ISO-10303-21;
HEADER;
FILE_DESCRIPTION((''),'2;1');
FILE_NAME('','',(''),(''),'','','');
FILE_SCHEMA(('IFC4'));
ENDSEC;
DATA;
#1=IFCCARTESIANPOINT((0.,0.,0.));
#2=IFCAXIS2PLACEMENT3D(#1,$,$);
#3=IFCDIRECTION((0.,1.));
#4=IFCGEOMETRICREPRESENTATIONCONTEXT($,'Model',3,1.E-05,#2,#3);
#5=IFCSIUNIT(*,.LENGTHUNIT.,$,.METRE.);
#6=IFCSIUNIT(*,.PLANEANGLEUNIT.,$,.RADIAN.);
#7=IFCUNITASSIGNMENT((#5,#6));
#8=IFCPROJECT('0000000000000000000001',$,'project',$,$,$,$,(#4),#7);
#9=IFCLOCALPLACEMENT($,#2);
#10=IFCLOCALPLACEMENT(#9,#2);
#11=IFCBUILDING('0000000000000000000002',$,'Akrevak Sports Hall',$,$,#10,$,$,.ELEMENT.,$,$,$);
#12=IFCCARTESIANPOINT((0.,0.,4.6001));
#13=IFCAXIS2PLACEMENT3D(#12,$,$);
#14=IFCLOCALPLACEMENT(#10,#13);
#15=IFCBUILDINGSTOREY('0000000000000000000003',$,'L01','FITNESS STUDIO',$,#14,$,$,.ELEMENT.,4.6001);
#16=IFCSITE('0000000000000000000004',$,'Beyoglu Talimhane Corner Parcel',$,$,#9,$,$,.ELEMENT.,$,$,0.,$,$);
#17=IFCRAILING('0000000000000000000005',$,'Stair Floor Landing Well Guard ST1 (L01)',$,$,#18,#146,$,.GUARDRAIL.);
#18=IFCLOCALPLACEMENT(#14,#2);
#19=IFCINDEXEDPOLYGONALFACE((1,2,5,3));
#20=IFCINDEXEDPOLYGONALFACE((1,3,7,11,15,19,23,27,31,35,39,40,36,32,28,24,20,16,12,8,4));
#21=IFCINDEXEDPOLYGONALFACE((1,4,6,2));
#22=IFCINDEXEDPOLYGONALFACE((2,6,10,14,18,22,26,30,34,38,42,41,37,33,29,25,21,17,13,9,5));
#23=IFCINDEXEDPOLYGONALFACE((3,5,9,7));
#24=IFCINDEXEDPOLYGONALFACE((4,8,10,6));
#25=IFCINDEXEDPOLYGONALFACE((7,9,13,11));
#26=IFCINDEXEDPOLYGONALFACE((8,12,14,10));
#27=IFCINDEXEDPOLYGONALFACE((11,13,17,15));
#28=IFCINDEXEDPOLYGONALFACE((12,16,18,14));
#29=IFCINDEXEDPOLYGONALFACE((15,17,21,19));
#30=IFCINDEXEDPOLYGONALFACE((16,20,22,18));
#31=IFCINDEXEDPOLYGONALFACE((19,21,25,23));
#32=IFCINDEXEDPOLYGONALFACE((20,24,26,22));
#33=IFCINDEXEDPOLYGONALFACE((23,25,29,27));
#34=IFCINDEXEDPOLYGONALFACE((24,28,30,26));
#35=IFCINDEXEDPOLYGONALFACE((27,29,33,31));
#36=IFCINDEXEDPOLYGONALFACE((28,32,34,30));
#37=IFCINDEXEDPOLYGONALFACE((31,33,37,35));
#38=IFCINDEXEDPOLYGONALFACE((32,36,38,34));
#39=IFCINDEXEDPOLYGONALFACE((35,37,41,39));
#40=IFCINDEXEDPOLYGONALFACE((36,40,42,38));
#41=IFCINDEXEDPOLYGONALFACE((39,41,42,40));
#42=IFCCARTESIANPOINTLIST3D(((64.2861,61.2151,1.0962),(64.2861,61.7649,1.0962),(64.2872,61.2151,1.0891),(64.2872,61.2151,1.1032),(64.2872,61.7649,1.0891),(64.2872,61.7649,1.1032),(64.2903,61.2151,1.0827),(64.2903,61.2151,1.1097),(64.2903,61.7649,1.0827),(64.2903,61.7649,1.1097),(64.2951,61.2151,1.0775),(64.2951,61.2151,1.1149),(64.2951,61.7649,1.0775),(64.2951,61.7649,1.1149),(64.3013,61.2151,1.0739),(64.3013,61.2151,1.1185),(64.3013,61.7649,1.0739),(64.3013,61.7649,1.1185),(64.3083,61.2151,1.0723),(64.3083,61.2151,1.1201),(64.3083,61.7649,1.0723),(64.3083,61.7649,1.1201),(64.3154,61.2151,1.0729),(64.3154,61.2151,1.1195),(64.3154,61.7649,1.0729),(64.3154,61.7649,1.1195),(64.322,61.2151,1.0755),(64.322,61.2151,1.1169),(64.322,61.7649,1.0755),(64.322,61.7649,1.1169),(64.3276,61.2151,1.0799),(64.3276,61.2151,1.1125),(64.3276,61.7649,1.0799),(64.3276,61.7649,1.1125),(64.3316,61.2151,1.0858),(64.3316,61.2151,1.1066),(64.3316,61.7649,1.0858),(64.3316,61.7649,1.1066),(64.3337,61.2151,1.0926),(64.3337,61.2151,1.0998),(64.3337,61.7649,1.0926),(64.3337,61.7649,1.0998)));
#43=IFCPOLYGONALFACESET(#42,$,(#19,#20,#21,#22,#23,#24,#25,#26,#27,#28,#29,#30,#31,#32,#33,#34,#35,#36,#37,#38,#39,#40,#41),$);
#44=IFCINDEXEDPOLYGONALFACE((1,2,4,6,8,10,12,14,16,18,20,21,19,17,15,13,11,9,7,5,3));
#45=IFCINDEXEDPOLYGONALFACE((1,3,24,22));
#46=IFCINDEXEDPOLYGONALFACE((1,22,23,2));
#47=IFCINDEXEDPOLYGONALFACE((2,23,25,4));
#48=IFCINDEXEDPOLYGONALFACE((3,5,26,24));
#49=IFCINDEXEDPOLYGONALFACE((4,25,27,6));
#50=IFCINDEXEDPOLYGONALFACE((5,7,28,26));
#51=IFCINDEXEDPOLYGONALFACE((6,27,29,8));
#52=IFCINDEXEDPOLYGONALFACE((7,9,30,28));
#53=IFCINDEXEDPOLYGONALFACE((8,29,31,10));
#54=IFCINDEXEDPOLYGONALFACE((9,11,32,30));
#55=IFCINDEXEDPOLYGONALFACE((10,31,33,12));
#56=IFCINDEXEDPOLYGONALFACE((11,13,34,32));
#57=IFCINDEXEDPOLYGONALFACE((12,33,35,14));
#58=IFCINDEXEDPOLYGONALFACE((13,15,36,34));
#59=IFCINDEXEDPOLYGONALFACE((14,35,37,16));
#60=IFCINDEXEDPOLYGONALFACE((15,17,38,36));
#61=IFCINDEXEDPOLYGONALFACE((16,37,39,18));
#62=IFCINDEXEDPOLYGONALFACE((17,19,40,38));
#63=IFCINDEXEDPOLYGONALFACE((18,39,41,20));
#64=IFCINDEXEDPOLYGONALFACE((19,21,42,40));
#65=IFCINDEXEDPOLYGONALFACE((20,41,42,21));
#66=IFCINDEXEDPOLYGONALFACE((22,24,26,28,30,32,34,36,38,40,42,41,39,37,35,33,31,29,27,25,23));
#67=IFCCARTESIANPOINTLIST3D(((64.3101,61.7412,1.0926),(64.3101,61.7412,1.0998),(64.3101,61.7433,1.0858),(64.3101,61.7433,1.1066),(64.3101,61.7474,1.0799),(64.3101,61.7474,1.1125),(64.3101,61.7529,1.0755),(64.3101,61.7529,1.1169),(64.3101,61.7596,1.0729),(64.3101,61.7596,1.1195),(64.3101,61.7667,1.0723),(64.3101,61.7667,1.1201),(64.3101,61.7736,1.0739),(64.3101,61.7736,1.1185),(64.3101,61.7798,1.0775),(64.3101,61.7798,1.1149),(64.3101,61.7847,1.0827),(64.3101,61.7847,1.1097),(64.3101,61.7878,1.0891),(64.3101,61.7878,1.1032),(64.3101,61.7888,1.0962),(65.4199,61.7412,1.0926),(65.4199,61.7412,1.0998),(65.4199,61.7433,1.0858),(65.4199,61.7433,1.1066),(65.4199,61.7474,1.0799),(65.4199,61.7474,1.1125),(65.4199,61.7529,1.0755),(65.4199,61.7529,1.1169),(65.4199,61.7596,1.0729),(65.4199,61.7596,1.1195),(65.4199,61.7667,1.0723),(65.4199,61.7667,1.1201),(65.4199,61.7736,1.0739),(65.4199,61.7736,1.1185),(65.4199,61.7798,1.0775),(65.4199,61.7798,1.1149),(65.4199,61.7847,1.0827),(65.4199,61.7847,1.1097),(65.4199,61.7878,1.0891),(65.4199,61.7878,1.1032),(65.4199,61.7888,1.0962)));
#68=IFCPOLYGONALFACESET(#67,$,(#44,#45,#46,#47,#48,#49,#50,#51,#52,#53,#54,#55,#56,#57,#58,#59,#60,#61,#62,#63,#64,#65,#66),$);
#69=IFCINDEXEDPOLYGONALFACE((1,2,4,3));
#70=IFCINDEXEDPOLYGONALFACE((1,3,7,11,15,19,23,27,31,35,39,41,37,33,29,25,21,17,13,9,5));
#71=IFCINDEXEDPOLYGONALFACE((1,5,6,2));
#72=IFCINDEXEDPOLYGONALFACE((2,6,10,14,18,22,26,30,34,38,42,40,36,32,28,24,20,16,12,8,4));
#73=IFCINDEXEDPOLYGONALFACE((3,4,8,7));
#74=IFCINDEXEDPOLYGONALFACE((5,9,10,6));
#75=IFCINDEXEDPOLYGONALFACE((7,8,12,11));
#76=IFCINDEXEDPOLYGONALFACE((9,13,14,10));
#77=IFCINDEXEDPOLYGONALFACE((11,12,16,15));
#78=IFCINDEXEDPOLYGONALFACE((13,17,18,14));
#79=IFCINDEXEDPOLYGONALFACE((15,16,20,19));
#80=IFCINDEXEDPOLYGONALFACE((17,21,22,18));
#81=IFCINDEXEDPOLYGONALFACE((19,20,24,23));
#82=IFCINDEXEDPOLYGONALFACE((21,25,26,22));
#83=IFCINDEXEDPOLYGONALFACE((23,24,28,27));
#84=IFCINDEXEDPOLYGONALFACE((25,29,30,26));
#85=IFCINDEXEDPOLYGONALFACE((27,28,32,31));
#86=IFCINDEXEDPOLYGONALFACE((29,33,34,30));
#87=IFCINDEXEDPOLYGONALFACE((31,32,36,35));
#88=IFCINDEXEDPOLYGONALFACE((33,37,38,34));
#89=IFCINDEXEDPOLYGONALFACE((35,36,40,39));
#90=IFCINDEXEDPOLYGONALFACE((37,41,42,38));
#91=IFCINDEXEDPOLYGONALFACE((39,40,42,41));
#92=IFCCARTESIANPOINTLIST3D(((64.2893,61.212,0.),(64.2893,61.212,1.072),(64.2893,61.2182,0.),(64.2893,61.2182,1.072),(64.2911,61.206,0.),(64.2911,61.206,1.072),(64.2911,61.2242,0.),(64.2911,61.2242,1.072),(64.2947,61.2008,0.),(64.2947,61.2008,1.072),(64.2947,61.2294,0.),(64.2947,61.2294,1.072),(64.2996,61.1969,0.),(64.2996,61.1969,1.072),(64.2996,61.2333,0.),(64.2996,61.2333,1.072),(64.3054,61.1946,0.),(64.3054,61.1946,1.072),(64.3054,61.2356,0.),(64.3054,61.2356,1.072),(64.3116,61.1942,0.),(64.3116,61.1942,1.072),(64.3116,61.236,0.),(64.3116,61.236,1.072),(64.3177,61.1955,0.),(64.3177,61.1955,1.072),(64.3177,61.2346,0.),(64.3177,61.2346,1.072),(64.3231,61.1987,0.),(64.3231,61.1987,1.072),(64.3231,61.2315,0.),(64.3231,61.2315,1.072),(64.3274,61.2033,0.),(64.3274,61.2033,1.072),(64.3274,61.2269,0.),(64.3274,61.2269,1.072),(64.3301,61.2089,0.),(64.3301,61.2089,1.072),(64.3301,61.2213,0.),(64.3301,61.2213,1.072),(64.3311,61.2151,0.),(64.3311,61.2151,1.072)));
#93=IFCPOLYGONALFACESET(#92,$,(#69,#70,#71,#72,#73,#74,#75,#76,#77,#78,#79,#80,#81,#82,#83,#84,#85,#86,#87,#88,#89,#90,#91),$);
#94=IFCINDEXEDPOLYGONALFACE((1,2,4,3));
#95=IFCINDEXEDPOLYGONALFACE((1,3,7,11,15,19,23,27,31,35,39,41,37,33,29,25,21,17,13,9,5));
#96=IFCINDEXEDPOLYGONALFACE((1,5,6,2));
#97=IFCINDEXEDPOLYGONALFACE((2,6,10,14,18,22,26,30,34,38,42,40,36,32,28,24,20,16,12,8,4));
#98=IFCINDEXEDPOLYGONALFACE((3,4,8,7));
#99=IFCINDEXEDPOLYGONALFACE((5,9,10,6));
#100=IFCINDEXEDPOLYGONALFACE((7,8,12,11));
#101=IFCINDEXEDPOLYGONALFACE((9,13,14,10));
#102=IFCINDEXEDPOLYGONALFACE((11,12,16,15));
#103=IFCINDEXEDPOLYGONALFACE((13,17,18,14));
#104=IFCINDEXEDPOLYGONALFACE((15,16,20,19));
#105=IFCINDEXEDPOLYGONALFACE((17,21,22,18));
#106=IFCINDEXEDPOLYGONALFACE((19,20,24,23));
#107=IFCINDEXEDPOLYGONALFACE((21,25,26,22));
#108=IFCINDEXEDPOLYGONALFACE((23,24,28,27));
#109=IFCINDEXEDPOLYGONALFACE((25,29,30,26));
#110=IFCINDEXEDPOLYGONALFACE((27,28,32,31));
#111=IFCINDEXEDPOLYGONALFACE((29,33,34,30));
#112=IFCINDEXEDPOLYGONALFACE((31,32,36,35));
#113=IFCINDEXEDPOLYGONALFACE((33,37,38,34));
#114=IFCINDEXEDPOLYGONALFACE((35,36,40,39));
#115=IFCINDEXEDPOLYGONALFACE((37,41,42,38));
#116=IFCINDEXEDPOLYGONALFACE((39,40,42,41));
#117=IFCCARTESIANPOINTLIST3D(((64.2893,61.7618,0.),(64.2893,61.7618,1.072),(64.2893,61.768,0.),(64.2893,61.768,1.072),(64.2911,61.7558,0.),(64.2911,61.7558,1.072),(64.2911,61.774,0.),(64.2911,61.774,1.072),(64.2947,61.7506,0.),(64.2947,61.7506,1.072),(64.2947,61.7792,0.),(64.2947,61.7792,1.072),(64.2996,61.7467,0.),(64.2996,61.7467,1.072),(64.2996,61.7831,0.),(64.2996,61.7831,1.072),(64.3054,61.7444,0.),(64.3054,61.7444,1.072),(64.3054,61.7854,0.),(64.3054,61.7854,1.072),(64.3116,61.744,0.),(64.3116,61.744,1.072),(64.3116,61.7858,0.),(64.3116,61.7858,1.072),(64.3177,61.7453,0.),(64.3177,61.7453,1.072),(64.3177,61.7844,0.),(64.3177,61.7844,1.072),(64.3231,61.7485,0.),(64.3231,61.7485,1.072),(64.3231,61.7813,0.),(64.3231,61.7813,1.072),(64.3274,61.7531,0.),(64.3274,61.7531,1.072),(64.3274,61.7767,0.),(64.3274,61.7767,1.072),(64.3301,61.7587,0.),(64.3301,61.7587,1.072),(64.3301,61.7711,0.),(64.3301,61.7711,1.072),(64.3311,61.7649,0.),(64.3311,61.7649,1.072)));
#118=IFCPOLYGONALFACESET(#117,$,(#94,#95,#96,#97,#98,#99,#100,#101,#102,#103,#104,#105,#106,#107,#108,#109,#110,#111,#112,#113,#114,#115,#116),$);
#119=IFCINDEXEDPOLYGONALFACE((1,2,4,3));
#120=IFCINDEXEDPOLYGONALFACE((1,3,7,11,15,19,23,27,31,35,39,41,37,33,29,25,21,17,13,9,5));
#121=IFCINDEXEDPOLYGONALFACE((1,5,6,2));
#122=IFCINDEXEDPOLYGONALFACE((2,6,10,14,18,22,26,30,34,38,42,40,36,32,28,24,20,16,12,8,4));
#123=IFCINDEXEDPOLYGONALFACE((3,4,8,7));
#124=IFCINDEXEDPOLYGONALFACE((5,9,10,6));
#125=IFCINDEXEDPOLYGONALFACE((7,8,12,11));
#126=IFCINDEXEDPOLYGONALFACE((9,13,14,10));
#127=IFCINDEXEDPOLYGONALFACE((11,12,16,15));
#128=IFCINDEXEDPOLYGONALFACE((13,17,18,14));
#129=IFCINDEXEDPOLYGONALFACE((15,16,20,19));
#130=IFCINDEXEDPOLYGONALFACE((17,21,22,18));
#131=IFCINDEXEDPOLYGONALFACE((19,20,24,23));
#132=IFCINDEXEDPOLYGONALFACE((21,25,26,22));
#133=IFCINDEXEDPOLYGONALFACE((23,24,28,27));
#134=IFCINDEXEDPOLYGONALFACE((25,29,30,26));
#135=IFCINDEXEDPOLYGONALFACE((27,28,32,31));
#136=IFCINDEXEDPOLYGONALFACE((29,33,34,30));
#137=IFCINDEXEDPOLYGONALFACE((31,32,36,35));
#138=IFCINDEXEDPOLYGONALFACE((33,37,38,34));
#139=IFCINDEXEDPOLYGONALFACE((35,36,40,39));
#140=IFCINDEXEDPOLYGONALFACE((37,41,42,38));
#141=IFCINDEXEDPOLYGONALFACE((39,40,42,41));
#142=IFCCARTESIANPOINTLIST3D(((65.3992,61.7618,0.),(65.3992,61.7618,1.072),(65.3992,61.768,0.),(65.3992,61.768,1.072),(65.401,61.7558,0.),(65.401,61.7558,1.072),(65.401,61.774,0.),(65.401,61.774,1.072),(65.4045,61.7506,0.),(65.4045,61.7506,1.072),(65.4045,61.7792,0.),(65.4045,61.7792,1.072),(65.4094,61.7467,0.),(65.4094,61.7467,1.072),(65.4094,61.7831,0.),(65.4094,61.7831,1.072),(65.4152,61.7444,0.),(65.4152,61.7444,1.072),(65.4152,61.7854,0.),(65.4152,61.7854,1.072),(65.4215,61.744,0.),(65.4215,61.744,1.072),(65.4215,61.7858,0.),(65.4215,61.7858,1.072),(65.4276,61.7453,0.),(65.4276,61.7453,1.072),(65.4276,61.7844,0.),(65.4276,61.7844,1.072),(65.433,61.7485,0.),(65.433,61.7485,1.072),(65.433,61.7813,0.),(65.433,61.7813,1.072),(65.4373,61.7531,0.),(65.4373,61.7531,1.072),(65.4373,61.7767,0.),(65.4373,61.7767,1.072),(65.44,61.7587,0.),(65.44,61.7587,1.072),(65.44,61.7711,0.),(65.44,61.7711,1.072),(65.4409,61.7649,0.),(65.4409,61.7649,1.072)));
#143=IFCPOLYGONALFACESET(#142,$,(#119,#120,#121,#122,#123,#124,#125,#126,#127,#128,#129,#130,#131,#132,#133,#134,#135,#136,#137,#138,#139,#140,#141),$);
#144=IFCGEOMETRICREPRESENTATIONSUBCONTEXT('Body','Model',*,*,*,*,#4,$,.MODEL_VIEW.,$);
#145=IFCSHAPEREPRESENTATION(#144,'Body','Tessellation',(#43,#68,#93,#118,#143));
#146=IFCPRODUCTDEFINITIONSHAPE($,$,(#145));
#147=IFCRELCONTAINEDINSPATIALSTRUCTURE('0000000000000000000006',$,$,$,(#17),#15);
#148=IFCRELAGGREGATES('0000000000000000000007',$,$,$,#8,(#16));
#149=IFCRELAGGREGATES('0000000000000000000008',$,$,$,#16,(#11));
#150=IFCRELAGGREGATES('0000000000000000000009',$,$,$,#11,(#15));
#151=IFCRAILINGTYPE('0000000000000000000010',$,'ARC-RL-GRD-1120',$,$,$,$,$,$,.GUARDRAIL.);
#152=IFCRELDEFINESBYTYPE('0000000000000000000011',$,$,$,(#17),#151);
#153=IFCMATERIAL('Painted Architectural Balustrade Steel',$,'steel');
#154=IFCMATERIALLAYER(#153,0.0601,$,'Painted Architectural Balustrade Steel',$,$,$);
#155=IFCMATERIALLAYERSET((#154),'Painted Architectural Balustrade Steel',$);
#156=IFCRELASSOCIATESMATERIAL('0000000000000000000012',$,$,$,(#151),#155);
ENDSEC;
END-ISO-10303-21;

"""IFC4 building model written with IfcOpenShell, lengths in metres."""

from ifc_helpers import new_model, si_unit, direction, frame, origin, origin_2d, place, context, subcontext, project, spatial, circle, extrude, material, layer, layer_set, type_object, element, save


model = new_model("IFC4")

# Units and contexts
model_context = context("Model", 3, precision=1e-05, world=origin(), true_north=direction((0.0, 1.0)))
body_context = subcontext(model_context, "Body", "Model", "MODEL_VIEW")
ifc_project = project(units=[si_unit("LENGTHUNIT", "METRE"), si_unit("PLANEANGLEUNIT", "RADIAN")], contexts=[model_context])

# Site, building, storey
site_placement = place(None, origin())
site = spatial("IfcSite", under=ifc_project, at=site_placement, Name="Beyoglu Talimhane Corner Parcel", CompositionType="ELEMENT", RefElevation=0.0)
building_placement = place(site_placement, origin())
building = spatial("IfcBuilding", under=site, at=building_placement, Name="Akrevak Sports Hall", CompositionType="ELEMENT")
storey_placement = place(building_placement, frame((0.0, 0.0, 4.6001)))
storey = spatial("IfcBuildingStorey", under=building, at=storey_placement, Name="L01", Description="FITNESS STUDIO", CompositionType="ELEMENT", Elevation=4.6001)

# Railing
ifc_material_1 = material(Name="Painted Architectural Balustrade Steel", Category="steel")
ifc_layer_1 = layer(ifc_material_1, 0.0601, Name="Painted Architectural Balustrade Steel")
ifc_layer_set_1 = layer_set([ifc_layer_1], Name="Painted Architectural Balustrade Steel")
railing_type_1 = type_object("IfcRailingType", Name="ARC-RL-GRD-1120", PredefinedType="GUARDRAIL", material=ifc_layer_set_1)
railing_1_placement = place(storey_placement, frame((64.3101, 61.2151, 0.0)))
element("IfcRailing", 1, at=railing_1_placement, inside=storey, type_object=railing_type_1, Name="Stair Floor Landing Well Guard ST1 (L01)", PredefinedType="GUARDRAIL", context=body_context, shape_type="SweptSolid", body=[
    extrude(circle(Radius=0.0239, at=origin_2d()), frame((0.0, 0.0, 1.0962), z_axis=(0.0, 1.0, 0.0), x_axis=(-1.0, 0.0, 0.0)), (0.0, 0.0, 1.0), 0.5498),
    extrude(circle(Radius=0.0239, at=origin_2d()), frame((0.0, 0.5498, 1.0962), z_axis=(1.0, 0.0, 0.0), x_axis=(0.0, 1.0, 0.0)), (0.0, 0.0, 1.0), 1.1099),
    extrude(circle(Radius=0.021, at=origin_2d()), origin(), (0.0, 0.0, 1.0), 1.072),
    extrude(circle(Radius=0.021, at=origin_2d()), frame((0.0, 0.5498, 0.0)), (0.0, 0.0, 1.0), 1.072),
    extrude(circle(Radius=0.021, at=origin_2d()), frame((1.1099, 0.5498, 0.0)), (0.0, 0.0, 1.0), 1.072),
])

save(model, "model.ifc")
